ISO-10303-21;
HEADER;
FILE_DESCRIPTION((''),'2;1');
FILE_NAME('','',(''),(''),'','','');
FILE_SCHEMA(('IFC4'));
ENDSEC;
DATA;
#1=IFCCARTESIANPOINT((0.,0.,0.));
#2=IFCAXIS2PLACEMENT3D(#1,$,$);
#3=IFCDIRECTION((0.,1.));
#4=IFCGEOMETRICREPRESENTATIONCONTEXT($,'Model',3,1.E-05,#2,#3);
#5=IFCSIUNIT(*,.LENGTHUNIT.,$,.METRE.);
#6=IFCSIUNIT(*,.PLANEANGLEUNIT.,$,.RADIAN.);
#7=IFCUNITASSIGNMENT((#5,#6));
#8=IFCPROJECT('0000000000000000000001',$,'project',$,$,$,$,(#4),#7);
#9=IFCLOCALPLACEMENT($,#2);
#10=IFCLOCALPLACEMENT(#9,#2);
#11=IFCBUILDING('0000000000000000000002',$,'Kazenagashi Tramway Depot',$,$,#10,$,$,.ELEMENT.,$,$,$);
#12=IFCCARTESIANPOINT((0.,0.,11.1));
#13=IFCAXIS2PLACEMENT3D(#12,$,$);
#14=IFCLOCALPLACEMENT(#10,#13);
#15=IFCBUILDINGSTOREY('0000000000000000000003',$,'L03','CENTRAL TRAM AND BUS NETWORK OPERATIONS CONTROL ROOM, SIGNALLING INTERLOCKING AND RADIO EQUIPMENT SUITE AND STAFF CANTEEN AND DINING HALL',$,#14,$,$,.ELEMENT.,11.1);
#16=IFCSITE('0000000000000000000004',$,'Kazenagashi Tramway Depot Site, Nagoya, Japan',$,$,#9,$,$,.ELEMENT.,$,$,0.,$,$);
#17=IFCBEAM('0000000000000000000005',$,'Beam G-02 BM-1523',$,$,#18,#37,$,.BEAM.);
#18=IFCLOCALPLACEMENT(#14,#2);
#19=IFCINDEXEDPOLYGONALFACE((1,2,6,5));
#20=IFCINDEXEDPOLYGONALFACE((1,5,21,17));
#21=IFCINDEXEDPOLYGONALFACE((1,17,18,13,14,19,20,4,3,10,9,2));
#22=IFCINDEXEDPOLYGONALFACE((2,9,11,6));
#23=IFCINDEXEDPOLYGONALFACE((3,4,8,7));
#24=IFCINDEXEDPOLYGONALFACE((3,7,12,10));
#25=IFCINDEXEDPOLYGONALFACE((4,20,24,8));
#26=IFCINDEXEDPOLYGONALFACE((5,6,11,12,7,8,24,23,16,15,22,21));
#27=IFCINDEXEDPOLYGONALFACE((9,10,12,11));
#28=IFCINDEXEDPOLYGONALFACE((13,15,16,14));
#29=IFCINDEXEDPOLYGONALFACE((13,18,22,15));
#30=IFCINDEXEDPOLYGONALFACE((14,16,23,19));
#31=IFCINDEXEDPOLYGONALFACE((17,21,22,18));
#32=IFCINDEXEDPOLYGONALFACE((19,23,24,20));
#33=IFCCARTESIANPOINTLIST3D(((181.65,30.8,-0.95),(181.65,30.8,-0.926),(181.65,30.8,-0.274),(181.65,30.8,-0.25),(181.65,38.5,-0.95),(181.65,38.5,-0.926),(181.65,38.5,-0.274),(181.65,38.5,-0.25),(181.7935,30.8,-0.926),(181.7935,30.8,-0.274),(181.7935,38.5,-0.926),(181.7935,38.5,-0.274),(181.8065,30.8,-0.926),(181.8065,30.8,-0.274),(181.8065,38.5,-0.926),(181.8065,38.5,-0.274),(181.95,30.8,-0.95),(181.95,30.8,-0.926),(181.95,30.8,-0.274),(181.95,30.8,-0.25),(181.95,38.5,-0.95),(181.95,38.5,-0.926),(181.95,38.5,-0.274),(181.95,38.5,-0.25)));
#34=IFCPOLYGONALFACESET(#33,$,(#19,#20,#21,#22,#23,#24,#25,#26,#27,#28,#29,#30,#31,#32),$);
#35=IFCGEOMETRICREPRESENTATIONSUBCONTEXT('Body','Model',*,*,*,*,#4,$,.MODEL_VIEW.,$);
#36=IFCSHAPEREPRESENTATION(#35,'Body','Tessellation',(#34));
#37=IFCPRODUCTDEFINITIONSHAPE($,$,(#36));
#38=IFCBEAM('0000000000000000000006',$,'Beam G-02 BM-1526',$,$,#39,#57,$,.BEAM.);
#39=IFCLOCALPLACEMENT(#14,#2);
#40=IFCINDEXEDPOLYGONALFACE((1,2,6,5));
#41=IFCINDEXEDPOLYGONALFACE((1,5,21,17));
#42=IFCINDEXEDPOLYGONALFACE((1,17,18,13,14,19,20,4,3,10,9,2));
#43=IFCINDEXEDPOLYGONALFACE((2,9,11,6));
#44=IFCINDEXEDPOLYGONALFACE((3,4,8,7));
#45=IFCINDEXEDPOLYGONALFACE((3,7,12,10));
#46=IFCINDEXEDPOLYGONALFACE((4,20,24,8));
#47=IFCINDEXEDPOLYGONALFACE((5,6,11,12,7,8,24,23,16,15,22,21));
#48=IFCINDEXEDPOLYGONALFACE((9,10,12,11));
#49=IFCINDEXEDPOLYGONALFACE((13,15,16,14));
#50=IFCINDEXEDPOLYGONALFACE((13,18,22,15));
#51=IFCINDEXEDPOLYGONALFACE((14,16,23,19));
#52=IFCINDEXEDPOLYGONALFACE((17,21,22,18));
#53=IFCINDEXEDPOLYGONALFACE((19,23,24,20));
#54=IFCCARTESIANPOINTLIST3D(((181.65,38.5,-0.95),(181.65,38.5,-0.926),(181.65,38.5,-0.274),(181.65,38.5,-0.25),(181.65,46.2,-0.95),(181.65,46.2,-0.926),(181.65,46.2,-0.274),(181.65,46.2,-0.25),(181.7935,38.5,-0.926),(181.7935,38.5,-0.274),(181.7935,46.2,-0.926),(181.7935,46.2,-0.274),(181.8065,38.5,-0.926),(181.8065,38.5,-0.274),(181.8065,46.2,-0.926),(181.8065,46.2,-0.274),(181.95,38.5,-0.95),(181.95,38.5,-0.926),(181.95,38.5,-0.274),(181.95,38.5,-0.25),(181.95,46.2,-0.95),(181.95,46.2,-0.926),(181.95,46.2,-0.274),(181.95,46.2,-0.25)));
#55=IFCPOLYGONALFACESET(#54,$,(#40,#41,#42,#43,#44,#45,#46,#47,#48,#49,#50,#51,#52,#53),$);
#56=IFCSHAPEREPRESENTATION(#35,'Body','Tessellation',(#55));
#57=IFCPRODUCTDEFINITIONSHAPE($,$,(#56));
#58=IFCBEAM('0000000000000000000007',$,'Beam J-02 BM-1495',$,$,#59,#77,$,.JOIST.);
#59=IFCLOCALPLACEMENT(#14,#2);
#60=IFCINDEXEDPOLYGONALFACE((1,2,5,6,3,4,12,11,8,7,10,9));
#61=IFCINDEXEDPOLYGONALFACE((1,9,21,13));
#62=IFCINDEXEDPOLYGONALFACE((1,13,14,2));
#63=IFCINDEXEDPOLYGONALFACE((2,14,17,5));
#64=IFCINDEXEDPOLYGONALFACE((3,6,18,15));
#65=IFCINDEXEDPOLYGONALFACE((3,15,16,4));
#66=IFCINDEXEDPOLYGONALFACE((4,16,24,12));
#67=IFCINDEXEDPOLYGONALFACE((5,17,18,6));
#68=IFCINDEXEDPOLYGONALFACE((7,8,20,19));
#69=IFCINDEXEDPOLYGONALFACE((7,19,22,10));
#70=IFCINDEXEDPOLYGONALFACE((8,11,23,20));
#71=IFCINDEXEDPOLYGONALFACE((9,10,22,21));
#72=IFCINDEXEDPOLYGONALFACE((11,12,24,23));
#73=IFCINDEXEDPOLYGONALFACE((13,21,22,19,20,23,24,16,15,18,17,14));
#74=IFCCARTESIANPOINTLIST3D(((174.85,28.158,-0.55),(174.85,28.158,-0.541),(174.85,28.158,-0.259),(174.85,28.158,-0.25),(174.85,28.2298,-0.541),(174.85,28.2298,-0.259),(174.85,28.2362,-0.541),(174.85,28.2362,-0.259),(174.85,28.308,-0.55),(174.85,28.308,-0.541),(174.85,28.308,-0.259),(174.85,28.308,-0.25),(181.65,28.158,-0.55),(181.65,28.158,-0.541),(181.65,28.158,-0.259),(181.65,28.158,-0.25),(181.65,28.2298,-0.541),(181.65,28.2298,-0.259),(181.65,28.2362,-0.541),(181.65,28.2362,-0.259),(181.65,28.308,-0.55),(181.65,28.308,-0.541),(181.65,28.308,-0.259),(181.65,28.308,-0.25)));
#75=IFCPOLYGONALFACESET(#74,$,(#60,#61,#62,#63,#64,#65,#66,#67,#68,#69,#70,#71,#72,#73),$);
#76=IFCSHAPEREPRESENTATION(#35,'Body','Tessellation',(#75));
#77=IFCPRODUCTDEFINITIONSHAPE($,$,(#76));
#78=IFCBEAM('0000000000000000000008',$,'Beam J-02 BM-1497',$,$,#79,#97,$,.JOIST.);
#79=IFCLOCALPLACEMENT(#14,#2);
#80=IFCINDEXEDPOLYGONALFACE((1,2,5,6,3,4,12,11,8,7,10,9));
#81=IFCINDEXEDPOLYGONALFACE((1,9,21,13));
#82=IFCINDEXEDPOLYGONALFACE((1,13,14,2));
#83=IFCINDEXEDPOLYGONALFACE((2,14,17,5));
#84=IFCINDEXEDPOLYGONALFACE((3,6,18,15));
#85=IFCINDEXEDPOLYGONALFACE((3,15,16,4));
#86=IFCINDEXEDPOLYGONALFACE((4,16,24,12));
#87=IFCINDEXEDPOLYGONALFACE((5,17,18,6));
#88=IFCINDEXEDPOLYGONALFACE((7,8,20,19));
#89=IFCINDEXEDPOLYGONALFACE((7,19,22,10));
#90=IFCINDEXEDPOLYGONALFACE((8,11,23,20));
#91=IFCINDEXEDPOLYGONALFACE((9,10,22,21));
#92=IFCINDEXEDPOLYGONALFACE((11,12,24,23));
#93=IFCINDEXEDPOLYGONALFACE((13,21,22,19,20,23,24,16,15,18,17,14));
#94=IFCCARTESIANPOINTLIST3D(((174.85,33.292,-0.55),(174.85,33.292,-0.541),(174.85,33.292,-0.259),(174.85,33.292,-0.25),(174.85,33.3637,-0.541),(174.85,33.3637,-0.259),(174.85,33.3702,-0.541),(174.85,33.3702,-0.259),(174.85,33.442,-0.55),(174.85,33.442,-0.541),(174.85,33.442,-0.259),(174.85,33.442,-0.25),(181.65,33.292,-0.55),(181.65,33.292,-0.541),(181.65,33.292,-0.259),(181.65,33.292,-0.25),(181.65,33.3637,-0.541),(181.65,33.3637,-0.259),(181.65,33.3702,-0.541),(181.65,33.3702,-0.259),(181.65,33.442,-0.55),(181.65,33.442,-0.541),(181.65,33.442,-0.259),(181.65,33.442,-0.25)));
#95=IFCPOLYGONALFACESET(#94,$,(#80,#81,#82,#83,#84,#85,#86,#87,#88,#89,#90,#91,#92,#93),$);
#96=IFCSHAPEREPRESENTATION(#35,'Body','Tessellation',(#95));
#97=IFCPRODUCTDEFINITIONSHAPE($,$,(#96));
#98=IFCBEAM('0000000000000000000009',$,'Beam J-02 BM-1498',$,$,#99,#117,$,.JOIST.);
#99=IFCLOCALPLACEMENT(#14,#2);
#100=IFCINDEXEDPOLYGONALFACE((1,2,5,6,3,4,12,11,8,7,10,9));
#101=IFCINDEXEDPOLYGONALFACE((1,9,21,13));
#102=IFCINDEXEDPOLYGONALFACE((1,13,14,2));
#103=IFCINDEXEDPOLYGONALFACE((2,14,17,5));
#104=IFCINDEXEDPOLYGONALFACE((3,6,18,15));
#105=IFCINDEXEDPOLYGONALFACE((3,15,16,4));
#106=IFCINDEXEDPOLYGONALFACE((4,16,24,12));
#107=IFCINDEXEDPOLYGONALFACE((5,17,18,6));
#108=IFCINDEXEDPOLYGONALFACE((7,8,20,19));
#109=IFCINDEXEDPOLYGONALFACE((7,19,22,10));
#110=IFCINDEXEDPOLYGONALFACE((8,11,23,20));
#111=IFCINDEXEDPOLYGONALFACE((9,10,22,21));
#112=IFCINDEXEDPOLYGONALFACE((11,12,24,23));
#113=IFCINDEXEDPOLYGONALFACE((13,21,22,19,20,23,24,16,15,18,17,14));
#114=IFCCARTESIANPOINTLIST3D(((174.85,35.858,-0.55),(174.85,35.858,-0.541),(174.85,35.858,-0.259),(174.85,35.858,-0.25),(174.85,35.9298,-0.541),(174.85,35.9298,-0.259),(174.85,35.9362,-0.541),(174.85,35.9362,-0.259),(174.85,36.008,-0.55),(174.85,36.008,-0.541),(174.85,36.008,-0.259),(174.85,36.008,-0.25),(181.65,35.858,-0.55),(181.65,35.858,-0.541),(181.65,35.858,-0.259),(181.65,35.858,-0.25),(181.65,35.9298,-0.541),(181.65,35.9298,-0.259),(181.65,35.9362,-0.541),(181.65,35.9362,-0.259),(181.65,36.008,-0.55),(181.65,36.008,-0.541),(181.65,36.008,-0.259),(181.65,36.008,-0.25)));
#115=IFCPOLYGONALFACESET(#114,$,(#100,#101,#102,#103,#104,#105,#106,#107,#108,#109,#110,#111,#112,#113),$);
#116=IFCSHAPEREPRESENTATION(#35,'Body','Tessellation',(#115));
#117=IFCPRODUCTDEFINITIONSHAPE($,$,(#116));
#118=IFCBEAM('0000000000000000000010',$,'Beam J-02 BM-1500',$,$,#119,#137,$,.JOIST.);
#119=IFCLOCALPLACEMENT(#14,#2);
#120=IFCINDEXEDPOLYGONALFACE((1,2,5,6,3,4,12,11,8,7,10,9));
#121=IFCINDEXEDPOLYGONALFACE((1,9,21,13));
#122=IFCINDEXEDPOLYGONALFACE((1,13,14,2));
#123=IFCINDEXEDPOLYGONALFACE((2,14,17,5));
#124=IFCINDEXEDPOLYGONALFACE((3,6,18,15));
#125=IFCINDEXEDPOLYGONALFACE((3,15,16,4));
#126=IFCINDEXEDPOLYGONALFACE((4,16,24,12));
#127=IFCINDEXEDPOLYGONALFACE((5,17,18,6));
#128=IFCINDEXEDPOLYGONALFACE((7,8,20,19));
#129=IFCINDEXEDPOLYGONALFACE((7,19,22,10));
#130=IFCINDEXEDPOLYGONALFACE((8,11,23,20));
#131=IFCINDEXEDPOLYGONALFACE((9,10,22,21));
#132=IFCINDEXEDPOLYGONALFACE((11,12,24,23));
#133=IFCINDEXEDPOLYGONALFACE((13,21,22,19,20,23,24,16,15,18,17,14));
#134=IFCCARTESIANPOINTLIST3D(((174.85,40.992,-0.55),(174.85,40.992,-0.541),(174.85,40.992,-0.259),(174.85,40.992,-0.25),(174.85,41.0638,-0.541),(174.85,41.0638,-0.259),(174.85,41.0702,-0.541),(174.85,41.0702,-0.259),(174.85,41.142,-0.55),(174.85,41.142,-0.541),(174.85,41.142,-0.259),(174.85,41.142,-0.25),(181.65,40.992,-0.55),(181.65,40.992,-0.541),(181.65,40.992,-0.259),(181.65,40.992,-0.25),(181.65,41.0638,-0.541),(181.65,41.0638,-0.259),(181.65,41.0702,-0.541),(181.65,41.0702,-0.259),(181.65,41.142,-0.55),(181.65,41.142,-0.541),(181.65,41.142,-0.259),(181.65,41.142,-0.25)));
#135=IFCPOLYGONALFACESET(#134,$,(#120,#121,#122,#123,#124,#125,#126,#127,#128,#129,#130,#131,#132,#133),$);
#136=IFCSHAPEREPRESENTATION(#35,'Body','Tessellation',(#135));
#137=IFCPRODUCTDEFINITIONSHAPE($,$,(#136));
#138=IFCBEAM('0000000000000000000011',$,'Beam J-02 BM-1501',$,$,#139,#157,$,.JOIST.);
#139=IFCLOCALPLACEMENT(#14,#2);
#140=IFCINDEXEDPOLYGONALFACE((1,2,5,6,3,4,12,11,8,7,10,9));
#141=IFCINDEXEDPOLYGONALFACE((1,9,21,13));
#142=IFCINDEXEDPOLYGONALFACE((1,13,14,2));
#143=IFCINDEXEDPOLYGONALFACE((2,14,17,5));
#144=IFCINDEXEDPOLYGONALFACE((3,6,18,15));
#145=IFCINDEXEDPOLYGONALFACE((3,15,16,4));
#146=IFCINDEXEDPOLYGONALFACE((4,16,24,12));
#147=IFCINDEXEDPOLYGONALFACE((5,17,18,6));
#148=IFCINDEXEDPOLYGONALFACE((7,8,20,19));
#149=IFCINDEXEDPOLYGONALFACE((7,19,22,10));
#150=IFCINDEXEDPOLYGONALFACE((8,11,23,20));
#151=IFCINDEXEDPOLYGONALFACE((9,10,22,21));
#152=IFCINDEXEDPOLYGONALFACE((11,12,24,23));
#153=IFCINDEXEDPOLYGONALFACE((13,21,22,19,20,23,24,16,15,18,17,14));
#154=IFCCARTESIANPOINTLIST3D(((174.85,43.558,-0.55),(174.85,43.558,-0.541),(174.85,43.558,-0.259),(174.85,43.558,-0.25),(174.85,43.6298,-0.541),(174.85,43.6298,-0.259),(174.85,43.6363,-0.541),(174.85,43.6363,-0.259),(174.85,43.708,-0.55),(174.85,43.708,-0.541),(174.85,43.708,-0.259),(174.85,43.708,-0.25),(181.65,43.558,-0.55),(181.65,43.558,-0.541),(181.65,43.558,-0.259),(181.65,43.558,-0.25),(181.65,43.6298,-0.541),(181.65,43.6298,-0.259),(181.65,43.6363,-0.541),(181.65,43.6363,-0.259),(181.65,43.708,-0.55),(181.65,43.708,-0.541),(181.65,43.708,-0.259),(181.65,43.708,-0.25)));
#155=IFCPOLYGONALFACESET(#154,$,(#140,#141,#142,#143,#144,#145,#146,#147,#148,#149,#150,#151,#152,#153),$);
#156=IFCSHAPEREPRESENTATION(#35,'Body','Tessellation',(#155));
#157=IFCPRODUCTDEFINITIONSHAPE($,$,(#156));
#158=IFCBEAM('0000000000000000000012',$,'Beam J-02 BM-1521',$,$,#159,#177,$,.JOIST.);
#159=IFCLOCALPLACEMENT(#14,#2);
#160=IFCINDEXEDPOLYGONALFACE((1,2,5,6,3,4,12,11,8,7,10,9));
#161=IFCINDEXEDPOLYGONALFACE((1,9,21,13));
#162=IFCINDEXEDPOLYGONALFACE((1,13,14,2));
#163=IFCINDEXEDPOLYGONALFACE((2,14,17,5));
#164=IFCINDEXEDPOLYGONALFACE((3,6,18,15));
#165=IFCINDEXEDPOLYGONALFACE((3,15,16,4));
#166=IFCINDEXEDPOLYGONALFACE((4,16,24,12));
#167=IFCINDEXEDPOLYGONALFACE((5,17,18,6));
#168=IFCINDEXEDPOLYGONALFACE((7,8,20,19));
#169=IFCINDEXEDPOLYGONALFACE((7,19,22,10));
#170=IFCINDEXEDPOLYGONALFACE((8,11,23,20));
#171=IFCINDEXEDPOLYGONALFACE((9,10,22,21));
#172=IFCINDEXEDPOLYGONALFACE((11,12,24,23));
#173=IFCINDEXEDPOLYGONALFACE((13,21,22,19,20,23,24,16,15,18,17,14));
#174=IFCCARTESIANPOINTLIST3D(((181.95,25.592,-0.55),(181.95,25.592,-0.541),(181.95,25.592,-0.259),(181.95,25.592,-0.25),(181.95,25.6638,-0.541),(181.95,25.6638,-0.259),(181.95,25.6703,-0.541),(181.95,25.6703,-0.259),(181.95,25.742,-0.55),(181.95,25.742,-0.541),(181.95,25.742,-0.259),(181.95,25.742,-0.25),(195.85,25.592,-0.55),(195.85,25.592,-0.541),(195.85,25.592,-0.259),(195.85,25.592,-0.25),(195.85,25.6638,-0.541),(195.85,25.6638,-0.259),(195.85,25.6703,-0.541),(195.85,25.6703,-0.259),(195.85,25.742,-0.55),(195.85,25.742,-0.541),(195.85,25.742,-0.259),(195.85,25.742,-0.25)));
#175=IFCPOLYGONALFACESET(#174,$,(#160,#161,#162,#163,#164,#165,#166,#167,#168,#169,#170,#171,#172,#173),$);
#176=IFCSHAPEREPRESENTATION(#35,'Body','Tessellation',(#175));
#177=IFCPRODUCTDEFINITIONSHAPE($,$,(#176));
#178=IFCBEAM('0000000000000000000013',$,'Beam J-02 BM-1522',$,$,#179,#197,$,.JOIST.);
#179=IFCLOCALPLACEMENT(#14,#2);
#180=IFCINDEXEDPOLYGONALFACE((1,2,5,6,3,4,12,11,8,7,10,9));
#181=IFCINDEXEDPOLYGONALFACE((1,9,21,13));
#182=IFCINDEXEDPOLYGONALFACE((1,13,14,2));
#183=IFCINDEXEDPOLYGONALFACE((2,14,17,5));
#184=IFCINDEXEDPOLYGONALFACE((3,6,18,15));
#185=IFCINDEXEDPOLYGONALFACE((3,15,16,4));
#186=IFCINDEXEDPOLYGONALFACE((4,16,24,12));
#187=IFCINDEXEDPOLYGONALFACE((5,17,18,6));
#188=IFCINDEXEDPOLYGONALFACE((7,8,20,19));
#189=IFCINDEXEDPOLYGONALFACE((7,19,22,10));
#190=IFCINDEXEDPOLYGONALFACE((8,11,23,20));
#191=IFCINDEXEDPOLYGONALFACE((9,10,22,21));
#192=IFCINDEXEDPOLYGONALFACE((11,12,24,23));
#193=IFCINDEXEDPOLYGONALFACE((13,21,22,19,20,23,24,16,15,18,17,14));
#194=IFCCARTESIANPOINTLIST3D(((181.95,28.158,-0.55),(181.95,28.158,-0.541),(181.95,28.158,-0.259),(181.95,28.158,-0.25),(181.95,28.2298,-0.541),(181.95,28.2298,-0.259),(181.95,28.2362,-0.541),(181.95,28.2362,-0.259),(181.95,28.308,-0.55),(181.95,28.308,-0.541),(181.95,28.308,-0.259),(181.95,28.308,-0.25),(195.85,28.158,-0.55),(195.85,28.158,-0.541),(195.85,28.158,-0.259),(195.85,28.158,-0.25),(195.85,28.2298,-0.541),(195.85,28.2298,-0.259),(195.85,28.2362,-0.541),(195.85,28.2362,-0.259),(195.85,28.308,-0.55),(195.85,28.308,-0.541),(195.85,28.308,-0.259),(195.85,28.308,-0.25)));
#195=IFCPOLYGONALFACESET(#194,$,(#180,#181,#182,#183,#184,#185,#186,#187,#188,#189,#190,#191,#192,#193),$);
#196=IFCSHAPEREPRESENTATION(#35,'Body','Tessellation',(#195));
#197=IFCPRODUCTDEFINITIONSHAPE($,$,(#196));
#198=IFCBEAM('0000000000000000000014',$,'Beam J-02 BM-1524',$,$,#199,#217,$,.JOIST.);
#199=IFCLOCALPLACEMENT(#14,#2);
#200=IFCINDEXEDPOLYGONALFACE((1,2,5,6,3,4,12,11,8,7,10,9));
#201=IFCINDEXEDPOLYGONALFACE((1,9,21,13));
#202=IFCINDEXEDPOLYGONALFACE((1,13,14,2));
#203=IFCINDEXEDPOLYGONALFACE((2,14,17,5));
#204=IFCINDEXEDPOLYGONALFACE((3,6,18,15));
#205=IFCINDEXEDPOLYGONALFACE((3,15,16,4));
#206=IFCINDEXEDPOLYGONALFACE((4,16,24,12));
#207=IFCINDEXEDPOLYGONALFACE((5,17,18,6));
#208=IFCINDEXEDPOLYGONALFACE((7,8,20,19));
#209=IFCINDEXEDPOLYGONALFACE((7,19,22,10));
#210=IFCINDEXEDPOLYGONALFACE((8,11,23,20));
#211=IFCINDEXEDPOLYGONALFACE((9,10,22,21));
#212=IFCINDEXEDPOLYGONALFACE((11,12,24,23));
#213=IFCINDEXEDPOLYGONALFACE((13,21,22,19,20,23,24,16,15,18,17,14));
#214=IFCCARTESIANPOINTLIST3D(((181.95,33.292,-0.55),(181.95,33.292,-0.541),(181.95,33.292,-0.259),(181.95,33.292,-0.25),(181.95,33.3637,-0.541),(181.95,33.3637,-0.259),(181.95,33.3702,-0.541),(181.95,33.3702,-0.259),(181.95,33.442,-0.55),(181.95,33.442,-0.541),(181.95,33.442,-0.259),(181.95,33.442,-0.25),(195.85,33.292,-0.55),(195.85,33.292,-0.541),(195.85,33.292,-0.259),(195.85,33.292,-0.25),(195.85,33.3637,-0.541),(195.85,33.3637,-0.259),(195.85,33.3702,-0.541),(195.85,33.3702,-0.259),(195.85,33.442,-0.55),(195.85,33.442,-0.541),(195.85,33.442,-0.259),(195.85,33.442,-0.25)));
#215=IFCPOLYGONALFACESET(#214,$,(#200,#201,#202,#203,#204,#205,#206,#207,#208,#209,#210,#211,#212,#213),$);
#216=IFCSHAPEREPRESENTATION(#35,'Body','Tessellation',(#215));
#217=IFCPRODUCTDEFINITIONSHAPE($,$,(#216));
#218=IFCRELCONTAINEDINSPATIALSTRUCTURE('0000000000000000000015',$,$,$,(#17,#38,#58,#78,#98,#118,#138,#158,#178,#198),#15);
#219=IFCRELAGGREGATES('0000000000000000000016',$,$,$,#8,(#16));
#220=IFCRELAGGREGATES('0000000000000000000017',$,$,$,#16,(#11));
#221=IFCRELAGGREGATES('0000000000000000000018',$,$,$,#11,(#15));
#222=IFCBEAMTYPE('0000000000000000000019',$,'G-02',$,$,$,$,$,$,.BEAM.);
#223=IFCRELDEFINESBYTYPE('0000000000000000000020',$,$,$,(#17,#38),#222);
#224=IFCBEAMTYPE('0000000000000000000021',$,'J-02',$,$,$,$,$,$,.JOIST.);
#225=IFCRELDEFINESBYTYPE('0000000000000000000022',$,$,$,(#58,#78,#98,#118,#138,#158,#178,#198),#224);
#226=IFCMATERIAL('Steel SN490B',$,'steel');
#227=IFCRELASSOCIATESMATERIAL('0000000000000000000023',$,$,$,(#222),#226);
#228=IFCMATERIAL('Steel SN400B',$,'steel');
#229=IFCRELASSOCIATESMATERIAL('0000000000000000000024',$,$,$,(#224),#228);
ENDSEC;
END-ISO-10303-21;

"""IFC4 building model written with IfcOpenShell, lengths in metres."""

from ifc_helpers import new_model, si_unit, direction, frame, origin, origin_2d, place, context, subcontext, project, spatial, i_section, extrude, material, material_profile, profile_set, type_object, element, save


model = new_model("IFC4")

# Units and contexts
model_context = context("Model", 3, precision=1e-05, world=origin(), true_north=direction((0.0, 1.0)))
body_context = subcontext(model_context, "Body", "Model", "MODEL_VIEW")
ifc_project = project(units=[si_unit("LENGTHUNIT", "METRE"), si_unit("PLANEANGLEUNIT", "RADIAN")], contexts=[model_context])

# Site, building, storey
site_placement = place(None, origin())
site = spatial("IfcSite", under=ifc_project, at=site_placement, Name="Kazenagashi Tramway Depot Site, Nagoya, Japan", CompositionType="ELEMENT", RefElevation=0.0)
building_placement = place(site_placement, origin())
building = spatial("IfcBuilding", under=site, at=building_placement, Name="Kazenagashi Tramway Depot", CompositionType="ELEMENT")
storey_placement = place(building_placement, frame((0.0, 0.0, 11.1)))
storey = spatial("IfcBuildingStorey", under=building, at=storey_placement, Name="L03", Description="CENTRAL TRAM AND BUS NETWORK OPERATIONS CONTROL ROOM, SIGNALLING INTERLOCKING AND RADIO EQUIPMENT SUITE AND STAFF CANTEEN AND DINING HALL", CompositionType="ELEMENT", Elevation=11.1)

# Shared definitions
ifc_material_1 = material(Name="Steel SN490B", Category="steel")

# Beams
ifc_material_profile_1 = material_profile(ifc_material_1, i_section(OverallWidth=0.3, OverallDepth=0.7, WebThickness=0.013, FlangeThickness=0.024, at=origin_2d()), Name="H-700x300x13x24")
ifc_profile_set_1 = profile_set([ifc_material_profile_1], Name="Steel SN490B")
beam_type_1 = type_object("IfcBeamType", Name="G-02", PredefinedType="BEAM", material=ifc_profile_set_1)
for number, where, z_axis, x_axis, name in (
    (1, (181.8, 30.8, -0.6), (0.0, 1.0, 0.0), (-1.0, 0.0, 0.0), "Beam G-02 BM-1523"),
    (2, (181.8, 38.5, -0.6), (0.0, 1.0, 0.0), (-1.0, 0.0, 0.0), "Beam G-02 BM-1526"),
):
    element("IfcBeam", number, at=place(storey_placement, frame(where, z_axis=z_axis, x_axis=x_axis)), inside=storey, type_object=beam_type_1, Name=name, PredefinedType="BEAM", context=body_context, shape_type="SweptSolid", body=[
        extrude(i_section(OverallWidth=0.3, OverallDepth=0.7, WebThickness=0.013, FlangeThickness=0.024, at=origin_2d()), origin(), (0.0, 0.0, 1.0), 7.7),
    ])
ifc_material_2 = material(Name="Steel SN400B", Category="steel")
ifc_material_profile_2 = material_profile(ifc_material_2, i_section(OverallWidth=0.15, OverallDepth=0.3, WebThickness=0.0065, FlangeThickness=0.009, at=origin_2d()), Name="H-300x150x6.5x9")
ifc_profile_set_2 = profile_set([ifc_material_profile_2], Name="Steel SN400B")
beam_type_2 = type_object("IfcBeamType", Name="J-02", PredefinedType="JOIST", material=ifc_profile_set_2)
for number, where, z_axis, x_axis, name in (
    (3, (174.85, 28.233, -0.4), (1.0, 0.0, 0.0), (0.0, 1.0, 0.0), "Beam J-02 BM-1495"),
    (4, (174.85, 33.367, -0.4), (1.0, 0.0, 0.0), (0.0, 1.0, 0.0), "Beam J-02 BM-1497"),
    (5, (174.85, 35.933, -0.4), (1.0, 0.0, 0.0), (0.0, 1.0, 0.0), "Beam J-02 BM-1498"),
    (6, (174.85, 41.067, -0.4), (1.0, 0.0, 0.0), (0.0, 1.0, 0.0), "Beam J-02 BM-1500"),
    (7, (174.85, 43.633, -0.4), (1.0, 0.0, 0.0), (0.0, 1.0, 0.0), "Beam J-02 BM-1501"),
):
    element("IfcBeam", number, at=place(storey_placement, frame(where, z_axis=z_axis, x_axis=x_axis)), inside=storey, type_object=beam_type_2, Name=name, PredefinedType="JOIST", context=body_context, shape_type="SweptSolid", body=[
        extrude(i_section(OverallWidth=0.15, OverallDepth=0.3, WebThickness=0.0065, FlangeThickness=0.009, at=origin_2d()), origin(), (0.0, 0.0, 1.0), 6.8),
    ])
for number, where, z_axis, x_axis, name in (
    (8, (181.95, 25.667, -0.4), (1.0, 0.0, 0.0), (0.0, 1.0, 0.0), "Beam J-02 BM-1521"),
    (9, (181.95, 28.233, -0.4), (1.0, 0.0, 0.0), (0.0, 1.0, 0.0), "Beam J-02 BM-1522"),
    (10, (181.95, 33.367, -0.4), (1.0, 0.0, 0.0), (0.0, 1.0, 0.0), "Beam J-02 BM-1524"),
):
    element("IfcBeam", number, at=place(storey_placement, frame(where, z_axis=z_axis, x_axis=x_axis)), inside=storey, type_object=beam_type_2, Name=name, PredefinedType="JOIST", context=body_context, shape_type="SweptSolid", body=[
        extrude(i_section(OverallWidth=0.15, OverallDepth=0.3, WebThickness=0.0065, FlangeThickness=0.009, at=origin_2d()), origin(), (0.0, 0.0, 1.0), 13.9),
    ])

save(model, "model.ifc")
